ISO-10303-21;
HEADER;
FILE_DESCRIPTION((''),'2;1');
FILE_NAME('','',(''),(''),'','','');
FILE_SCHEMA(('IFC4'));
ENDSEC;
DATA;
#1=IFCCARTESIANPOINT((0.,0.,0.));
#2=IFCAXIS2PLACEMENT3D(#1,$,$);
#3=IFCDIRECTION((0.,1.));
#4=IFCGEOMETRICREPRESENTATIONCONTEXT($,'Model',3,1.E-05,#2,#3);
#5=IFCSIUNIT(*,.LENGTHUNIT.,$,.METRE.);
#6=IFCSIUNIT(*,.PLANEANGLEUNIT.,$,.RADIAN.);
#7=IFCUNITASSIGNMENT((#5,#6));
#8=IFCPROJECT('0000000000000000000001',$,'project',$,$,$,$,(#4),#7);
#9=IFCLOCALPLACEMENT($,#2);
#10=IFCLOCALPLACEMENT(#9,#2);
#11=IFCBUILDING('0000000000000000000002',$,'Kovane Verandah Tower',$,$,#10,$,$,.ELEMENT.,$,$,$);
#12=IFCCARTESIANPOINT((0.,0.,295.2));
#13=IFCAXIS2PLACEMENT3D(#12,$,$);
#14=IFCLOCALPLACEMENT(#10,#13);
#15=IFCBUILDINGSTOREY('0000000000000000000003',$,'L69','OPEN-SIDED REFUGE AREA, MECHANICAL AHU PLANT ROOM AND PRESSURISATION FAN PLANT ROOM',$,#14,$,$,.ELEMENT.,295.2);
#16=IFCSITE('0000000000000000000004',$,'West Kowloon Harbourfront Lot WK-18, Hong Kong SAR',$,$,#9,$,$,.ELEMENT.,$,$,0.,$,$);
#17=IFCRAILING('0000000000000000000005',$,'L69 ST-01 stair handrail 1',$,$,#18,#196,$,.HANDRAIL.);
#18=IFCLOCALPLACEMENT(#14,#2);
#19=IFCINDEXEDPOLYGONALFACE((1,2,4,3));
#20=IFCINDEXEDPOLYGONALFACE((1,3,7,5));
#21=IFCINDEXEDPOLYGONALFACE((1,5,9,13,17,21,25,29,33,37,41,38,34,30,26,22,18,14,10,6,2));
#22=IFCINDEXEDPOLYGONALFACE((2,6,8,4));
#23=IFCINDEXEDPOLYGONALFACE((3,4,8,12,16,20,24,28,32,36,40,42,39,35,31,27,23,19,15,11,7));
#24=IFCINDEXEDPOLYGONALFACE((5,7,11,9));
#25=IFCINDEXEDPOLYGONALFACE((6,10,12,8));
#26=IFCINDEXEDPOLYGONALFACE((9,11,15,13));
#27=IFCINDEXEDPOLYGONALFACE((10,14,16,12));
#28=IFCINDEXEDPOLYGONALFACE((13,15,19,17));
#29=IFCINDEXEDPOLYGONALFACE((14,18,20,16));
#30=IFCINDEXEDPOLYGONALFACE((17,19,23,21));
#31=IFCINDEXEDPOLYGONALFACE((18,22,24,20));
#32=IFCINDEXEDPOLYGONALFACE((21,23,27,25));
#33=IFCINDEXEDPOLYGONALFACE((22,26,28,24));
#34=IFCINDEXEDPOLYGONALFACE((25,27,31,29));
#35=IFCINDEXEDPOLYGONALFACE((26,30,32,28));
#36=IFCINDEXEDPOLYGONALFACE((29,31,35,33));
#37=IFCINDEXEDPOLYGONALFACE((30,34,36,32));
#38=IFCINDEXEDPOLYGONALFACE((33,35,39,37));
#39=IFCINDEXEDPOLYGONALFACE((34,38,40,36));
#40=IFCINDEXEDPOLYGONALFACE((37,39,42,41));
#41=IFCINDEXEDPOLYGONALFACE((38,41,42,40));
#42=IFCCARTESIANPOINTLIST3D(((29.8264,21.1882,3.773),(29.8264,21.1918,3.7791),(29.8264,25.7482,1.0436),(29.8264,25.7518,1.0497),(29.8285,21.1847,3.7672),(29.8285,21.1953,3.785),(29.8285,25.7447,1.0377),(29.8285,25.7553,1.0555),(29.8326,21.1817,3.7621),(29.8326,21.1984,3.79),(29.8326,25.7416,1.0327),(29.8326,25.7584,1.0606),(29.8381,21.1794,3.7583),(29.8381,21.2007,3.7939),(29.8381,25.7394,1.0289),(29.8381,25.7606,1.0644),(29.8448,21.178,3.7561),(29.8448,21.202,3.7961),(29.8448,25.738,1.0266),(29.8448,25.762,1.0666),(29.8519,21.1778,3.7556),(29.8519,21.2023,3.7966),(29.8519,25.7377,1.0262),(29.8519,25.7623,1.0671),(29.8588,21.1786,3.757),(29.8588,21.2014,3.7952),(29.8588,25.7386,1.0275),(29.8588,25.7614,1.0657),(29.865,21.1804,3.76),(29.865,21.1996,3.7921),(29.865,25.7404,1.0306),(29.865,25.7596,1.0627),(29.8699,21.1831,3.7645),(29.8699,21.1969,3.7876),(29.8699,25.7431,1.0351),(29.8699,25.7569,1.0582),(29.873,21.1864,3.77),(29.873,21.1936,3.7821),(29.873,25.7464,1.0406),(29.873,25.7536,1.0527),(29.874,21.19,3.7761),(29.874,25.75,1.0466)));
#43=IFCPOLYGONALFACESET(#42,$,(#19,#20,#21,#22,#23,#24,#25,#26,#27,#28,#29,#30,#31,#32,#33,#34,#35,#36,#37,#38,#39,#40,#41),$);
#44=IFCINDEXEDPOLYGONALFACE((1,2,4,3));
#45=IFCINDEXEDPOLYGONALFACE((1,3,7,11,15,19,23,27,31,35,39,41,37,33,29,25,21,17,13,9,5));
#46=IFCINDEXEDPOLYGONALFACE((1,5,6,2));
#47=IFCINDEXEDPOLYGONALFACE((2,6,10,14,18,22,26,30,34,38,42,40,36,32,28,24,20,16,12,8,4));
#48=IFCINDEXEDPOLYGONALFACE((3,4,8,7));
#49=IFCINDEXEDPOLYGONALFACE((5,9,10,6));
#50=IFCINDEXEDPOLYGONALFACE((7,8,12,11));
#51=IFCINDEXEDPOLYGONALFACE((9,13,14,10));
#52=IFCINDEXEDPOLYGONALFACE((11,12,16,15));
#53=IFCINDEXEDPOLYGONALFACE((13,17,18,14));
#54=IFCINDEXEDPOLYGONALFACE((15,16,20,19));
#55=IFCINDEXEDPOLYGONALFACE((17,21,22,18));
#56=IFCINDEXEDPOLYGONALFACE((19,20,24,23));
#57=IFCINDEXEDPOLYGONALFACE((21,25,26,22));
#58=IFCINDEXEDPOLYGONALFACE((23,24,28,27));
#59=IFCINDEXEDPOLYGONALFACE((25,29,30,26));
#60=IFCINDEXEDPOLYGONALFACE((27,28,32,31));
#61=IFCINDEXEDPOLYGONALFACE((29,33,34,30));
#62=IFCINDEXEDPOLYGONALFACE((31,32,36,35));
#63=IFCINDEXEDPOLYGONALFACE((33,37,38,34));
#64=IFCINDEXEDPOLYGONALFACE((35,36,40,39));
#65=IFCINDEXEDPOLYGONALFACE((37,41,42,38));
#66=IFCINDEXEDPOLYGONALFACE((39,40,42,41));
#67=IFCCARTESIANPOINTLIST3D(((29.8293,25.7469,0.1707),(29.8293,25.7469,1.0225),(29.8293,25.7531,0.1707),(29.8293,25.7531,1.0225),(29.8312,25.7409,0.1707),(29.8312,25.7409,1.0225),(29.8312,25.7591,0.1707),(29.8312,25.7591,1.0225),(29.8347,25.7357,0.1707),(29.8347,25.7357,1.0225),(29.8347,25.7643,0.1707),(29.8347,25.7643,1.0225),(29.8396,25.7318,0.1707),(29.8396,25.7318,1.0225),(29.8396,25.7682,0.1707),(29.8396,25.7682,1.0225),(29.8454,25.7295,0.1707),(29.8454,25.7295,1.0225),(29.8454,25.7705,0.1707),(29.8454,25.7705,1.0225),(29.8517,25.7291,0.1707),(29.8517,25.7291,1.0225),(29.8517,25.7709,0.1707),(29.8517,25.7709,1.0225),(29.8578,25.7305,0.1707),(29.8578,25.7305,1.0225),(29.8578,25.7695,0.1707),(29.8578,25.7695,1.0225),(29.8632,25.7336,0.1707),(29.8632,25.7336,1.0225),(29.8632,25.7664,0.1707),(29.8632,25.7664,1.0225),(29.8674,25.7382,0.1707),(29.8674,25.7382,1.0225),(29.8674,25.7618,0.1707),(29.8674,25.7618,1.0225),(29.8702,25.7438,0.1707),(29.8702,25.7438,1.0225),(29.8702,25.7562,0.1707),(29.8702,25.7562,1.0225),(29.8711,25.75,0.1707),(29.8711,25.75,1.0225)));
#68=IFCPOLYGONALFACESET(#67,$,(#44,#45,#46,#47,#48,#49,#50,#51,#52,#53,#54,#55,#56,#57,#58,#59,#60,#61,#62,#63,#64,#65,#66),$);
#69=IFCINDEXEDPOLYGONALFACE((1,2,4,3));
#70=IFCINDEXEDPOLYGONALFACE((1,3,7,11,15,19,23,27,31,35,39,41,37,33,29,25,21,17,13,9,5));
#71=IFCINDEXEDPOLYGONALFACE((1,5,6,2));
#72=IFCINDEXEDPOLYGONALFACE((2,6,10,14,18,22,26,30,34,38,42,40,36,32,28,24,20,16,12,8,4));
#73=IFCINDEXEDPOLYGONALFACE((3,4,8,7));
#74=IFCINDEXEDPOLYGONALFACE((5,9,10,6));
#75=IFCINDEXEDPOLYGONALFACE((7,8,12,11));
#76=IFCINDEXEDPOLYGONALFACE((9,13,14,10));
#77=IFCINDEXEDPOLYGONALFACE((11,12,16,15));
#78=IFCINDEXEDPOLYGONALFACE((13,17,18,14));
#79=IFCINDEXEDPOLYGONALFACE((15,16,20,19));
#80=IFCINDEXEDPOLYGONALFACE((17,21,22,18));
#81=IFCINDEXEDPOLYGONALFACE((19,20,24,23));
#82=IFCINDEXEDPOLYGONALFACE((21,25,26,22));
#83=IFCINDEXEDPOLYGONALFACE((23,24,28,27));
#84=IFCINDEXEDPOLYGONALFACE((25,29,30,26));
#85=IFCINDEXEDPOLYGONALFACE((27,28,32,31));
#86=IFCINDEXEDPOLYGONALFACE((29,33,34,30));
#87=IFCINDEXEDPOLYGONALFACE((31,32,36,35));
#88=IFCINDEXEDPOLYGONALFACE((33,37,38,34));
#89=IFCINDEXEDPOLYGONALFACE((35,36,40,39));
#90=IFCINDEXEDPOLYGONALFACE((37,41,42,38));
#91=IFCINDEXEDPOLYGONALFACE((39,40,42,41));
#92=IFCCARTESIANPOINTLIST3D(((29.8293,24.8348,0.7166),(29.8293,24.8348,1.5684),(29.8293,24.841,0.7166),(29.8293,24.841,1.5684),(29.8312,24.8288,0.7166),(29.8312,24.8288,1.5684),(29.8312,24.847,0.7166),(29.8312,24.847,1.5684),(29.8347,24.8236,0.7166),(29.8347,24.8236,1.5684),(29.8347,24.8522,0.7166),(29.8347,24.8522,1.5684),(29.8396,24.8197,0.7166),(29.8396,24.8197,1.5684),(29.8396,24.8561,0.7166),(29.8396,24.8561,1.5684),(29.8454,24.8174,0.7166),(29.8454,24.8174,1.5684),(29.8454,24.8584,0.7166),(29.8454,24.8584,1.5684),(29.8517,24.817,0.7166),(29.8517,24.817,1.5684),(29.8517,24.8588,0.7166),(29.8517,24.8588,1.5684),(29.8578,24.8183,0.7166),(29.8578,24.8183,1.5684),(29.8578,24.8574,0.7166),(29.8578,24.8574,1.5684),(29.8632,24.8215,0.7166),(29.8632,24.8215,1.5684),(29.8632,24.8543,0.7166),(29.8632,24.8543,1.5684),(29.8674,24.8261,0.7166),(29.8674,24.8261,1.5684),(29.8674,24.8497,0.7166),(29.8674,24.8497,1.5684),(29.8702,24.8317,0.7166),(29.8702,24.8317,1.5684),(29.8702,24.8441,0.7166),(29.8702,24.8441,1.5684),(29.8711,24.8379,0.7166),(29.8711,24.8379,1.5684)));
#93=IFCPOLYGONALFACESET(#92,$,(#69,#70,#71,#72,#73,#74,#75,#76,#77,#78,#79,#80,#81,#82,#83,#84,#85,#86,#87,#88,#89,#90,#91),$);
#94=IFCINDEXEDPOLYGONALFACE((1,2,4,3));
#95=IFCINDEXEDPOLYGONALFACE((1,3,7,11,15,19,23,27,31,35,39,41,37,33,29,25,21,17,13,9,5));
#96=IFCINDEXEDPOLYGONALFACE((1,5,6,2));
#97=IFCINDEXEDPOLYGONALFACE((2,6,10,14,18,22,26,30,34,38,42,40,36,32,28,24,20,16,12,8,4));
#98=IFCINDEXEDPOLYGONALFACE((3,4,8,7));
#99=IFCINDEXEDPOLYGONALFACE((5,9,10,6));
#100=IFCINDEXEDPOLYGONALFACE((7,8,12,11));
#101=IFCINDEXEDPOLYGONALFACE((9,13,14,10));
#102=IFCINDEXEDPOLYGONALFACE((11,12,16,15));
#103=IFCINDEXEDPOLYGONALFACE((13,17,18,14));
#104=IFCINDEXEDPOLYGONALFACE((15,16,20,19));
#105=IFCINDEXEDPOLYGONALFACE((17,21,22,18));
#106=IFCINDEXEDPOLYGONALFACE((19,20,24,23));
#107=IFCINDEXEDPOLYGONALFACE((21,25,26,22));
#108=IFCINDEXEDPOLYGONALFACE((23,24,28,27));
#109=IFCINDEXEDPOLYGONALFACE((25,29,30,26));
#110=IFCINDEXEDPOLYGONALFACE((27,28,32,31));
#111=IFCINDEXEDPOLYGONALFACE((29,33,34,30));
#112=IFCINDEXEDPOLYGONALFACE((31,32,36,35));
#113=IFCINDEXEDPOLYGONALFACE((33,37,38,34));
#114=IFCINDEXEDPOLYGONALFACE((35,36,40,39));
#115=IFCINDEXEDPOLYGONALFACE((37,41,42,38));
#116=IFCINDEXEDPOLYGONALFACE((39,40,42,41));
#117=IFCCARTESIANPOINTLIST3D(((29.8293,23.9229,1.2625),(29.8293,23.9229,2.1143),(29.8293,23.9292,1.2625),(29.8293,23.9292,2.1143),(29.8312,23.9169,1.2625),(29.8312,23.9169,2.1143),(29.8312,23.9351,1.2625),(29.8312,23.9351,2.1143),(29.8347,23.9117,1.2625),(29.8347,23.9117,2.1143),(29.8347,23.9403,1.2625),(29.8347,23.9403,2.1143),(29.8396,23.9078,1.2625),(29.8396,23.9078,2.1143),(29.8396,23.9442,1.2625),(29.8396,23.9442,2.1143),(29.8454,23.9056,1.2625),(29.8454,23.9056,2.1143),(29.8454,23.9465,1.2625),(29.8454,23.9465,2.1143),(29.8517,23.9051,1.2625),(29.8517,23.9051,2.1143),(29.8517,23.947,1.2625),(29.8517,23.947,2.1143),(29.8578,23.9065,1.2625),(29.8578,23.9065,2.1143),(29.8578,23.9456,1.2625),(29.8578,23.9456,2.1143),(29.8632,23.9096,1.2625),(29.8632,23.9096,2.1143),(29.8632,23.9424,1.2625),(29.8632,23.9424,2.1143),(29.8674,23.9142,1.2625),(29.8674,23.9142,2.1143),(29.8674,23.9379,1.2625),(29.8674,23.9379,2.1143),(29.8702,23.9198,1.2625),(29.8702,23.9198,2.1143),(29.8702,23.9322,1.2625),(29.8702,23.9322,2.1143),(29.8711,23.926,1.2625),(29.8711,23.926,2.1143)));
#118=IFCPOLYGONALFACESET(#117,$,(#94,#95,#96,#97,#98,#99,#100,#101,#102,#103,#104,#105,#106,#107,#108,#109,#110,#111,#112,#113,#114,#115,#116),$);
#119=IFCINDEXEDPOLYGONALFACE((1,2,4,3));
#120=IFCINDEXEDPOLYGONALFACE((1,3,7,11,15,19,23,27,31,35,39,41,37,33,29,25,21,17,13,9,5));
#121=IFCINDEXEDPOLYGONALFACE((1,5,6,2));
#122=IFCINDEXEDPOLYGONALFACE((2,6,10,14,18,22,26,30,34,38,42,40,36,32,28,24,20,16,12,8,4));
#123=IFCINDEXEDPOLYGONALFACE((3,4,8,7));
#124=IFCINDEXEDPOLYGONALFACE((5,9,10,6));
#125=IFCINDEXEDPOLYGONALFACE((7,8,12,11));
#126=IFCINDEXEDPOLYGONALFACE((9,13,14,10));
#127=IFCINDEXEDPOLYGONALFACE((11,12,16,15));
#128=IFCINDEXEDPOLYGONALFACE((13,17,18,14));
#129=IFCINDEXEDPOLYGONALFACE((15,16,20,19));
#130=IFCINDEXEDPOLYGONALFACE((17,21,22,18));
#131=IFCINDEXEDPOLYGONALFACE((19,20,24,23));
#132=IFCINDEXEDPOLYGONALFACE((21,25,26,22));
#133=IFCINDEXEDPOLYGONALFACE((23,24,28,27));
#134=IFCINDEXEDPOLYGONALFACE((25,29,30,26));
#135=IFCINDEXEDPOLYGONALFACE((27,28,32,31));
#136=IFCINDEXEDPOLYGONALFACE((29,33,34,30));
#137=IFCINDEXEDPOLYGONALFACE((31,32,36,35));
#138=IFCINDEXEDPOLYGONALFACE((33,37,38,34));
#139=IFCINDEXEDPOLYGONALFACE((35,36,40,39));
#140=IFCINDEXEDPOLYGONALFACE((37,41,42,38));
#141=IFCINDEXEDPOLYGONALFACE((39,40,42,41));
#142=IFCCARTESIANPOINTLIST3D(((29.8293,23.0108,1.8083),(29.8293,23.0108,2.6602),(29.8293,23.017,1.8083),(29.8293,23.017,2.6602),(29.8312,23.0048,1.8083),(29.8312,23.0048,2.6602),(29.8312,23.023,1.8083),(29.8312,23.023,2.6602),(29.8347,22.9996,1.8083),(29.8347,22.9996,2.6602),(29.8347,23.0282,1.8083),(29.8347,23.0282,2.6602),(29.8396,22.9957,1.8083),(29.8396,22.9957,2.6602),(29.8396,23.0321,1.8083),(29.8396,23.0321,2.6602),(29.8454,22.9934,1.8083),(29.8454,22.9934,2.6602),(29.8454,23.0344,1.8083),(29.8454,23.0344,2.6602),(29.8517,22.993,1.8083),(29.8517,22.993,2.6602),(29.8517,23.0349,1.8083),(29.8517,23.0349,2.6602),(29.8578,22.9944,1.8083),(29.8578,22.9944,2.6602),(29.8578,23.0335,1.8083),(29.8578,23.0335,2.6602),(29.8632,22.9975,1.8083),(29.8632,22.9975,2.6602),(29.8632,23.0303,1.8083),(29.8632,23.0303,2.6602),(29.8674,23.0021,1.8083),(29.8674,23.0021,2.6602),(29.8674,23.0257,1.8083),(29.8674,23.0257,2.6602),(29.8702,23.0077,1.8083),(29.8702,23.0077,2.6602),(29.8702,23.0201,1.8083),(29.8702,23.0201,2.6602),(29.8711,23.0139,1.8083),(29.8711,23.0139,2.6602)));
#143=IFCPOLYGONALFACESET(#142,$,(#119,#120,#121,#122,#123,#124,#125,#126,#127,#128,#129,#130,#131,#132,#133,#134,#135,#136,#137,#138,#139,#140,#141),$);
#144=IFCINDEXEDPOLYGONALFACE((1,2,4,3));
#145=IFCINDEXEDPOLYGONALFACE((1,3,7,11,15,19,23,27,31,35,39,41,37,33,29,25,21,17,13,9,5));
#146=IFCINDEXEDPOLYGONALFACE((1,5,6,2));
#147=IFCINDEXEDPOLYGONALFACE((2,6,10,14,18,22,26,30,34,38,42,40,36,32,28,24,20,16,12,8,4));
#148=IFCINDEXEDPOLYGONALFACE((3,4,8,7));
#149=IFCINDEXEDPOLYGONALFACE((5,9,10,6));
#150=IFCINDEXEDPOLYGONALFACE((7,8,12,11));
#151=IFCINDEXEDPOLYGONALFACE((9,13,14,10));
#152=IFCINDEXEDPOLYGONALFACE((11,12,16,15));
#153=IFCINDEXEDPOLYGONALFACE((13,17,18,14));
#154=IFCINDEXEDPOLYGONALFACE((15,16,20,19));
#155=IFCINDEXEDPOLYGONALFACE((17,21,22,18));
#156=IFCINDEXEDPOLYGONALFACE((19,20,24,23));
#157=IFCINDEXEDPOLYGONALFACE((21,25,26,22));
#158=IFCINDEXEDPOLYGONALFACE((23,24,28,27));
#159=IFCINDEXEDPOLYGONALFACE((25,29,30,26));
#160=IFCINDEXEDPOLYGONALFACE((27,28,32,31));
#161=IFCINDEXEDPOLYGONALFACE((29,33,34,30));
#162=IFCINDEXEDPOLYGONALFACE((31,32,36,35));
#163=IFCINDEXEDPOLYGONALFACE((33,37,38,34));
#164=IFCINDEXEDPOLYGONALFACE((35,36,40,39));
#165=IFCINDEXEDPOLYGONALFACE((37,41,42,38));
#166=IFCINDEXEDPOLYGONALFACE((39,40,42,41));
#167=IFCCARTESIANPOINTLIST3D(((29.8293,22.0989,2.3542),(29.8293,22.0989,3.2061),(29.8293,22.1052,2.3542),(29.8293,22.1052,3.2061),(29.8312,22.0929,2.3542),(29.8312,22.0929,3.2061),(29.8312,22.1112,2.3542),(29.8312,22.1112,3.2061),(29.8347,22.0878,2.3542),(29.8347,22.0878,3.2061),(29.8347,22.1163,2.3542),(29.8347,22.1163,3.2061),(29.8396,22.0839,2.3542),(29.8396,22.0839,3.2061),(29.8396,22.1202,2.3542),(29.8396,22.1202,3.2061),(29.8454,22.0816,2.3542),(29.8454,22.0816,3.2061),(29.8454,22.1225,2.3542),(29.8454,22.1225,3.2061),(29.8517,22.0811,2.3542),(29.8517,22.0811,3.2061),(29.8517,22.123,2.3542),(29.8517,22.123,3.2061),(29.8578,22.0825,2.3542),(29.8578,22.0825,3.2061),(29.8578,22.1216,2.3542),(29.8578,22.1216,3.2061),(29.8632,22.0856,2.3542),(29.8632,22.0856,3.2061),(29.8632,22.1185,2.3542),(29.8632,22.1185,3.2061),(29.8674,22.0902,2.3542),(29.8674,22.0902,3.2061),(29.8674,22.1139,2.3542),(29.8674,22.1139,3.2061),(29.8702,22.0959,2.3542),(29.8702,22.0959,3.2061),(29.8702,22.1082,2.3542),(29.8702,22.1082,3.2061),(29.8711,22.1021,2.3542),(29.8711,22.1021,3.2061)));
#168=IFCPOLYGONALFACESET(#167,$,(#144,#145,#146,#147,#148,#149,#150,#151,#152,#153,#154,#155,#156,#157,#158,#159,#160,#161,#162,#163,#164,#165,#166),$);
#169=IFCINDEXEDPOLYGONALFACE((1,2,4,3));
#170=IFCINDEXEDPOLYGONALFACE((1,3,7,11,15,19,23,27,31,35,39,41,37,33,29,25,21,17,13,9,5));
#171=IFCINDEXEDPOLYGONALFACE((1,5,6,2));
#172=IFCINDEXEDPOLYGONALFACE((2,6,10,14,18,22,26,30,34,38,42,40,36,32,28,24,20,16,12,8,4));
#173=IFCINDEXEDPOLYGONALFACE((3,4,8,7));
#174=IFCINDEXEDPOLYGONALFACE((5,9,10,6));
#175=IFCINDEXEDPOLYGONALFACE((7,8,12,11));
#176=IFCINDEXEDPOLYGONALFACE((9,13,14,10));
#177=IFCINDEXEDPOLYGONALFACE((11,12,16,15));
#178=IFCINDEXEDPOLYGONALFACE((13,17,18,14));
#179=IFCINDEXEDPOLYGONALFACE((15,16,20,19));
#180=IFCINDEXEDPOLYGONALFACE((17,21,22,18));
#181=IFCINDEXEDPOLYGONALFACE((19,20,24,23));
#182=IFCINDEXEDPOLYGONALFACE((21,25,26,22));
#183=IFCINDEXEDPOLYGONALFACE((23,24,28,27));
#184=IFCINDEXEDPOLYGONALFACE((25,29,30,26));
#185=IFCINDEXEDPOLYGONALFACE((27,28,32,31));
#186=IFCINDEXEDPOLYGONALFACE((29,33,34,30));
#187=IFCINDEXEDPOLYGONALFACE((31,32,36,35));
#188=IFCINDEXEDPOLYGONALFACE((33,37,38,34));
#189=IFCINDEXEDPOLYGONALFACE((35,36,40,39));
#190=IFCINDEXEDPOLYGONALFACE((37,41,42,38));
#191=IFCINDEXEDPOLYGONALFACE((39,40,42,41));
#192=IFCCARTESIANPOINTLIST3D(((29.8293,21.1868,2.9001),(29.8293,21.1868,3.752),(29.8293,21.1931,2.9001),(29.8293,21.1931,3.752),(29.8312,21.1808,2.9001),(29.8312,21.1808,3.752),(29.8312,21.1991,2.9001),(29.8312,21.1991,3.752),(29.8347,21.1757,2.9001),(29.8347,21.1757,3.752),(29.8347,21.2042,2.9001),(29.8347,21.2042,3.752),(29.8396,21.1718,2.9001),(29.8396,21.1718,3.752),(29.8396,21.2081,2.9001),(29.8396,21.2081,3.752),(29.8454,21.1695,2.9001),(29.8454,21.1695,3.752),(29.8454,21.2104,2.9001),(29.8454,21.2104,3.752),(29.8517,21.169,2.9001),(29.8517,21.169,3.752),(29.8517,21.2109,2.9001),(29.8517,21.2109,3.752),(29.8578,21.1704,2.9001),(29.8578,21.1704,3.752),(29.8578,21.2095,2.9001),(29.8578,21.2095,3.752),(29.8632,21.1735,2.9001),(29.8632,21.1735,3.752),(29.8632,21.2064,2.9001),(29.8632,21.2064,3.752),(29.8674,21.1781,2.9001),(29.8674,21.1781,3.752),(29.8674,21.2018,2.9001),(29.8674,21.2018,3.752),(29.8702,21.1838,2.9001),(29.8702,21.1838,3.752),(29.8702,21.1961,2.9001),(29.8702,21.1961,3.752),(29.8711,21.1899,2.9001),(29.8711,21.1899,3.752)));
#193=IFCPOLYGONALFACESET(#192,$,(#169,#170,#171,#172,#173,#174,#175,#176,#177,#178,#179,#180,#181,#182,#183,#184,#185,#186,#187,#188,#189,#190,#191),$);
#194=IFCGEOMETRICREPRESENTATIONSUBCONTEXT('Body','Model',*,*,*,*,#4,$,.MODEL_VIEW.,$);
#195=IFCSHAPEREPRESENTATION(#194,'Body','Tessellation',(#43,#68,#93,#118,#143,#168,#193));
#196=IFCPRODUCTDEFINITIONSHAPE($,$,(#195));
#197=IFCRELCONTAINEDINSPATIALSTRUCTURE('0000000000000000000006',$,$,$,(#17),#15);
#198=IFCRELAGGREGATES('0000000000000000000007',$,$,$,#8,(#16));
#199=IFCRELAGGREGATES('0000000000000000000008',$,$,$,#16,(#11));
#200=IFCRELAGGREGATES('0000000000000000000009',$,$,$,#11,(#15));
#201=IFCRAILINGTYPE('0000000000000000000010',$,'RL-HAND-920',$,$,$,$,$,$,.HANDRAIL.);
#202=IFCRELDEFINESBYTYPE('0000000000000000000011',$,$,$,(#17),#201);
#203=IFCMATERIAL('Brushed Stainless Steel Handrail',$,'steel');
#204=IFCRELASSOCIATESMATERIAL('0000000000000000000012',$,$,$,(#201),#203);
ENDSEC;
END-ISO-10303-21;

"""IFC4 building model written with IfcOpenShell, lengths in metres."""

from ifc_helpers import new_model, si_unit, direction, frame, origin, origin_2d, place, context, subcontext, project, spatial, circle, extrude, material, type_object, element, save


model = new_model("IFC4")

# Units and contexts
model_context = context("Model", 3, precision=1e-05, world=origin(), true_north=direction((0.0, 1.0)))
body_context = subcontext(model_context, "Body", "Model", "MODEL_VIEW")
ifc_project = project(units=[si_unit("LENGTHUNIT", "METRE"), si_unit("PLANEANGLEUNIT", "RADIAN")], contexts=[model_context])

# Site, building, storey
site_placement = place(None, origin())
site = spatial("IfcSite", under=ifc_project, at=site_placement, Name="West Kowloon Harbourfront Lot WK-18, Hong Kong SAR", CompositionType="ELEMENT", RefElevation=0.0)
building_placement = place(site_placement, origin())
building = spatial("IfcBuilding", under=site, at=building_placement, Name="Kovane Verandah Tower", CompositionType="ELEMENT")
storey_placement = place(building_placement, frame((0.0, 0.0, 295.2)))
storey = spatial("IfcBuildingStorey", under=building, at=storey_placement, Name="L69", Description="OPEN-SIDED REFUGE AREA, MECHANICAL AHU PLANT ROOM AND PRESSURISATION FAN PLANT ROOM", CompositionType="ELEMENT", Elevation=295.2)

# Railing
ifc_material_1 = material(Name="Brushed Stainless Steel Handrail", Category="steel")
railing_type_1 = type_object("IfcRailingType", Name="RL-HAND-920", PredefinedType="HANDRAIL", material=ifc_material_1)
railing_1_placement = place(storey_placement, frame((29.8501, 25.75, 0.1707)))
element("IfcRailing", 1, at=railing_1_placement, inside=storey, type_object=railing_type_1, Name="L69 ST-01 stair handrail 1", PredefinedType="HANDRAIL", context=body_context, shape_type="SweptSolid", body=[
    extrude(circle(Radius=0.0239, at=origin_2d()), frame((0.0, 0.0, 0.876), z_axis=(0.0, -0.858036, 0.51359), x_axis=(1.0, 0.0, 0.0)), (0.0, 0.0, 1.0), 5.3145),
    extrude(circle(Radius=0.021, at=origin_2d()), origin(), (0.0, 0.0, 1.0), 0.8518),
    extrude(circle(Radius=0.021, at=origin_2d()), frame((0.0, -0.9121, 0.5459)), (0.0, 0.0, 1.0), 0.8518),
    extrude(circle(Radius=0.021, at=origin_2d()), frame((0.0, -1.824, 1.0918)), (0.0, 0.0, 1.0), 0.8518),
    extrude(circle(Radius=0.021, at=origin_2d()), frame((0.0, -2.7361, 1.6377)), (0.0, 0.0, 1.0), 0.8518),
    extrude(circle(Radius=0.021, at=origin_2d()), frame((0.0, -3.6479, 2.1836)), (0.0, 0.0, 1.0), 0.8518),
    extrude(circle(Radius=0.021, at=origin_2d()), frame((0.0, -4.5601, 2.7295)), (0.0, 0.0, 1.0), 0.8518),
])

save(model, "model.ifc")
